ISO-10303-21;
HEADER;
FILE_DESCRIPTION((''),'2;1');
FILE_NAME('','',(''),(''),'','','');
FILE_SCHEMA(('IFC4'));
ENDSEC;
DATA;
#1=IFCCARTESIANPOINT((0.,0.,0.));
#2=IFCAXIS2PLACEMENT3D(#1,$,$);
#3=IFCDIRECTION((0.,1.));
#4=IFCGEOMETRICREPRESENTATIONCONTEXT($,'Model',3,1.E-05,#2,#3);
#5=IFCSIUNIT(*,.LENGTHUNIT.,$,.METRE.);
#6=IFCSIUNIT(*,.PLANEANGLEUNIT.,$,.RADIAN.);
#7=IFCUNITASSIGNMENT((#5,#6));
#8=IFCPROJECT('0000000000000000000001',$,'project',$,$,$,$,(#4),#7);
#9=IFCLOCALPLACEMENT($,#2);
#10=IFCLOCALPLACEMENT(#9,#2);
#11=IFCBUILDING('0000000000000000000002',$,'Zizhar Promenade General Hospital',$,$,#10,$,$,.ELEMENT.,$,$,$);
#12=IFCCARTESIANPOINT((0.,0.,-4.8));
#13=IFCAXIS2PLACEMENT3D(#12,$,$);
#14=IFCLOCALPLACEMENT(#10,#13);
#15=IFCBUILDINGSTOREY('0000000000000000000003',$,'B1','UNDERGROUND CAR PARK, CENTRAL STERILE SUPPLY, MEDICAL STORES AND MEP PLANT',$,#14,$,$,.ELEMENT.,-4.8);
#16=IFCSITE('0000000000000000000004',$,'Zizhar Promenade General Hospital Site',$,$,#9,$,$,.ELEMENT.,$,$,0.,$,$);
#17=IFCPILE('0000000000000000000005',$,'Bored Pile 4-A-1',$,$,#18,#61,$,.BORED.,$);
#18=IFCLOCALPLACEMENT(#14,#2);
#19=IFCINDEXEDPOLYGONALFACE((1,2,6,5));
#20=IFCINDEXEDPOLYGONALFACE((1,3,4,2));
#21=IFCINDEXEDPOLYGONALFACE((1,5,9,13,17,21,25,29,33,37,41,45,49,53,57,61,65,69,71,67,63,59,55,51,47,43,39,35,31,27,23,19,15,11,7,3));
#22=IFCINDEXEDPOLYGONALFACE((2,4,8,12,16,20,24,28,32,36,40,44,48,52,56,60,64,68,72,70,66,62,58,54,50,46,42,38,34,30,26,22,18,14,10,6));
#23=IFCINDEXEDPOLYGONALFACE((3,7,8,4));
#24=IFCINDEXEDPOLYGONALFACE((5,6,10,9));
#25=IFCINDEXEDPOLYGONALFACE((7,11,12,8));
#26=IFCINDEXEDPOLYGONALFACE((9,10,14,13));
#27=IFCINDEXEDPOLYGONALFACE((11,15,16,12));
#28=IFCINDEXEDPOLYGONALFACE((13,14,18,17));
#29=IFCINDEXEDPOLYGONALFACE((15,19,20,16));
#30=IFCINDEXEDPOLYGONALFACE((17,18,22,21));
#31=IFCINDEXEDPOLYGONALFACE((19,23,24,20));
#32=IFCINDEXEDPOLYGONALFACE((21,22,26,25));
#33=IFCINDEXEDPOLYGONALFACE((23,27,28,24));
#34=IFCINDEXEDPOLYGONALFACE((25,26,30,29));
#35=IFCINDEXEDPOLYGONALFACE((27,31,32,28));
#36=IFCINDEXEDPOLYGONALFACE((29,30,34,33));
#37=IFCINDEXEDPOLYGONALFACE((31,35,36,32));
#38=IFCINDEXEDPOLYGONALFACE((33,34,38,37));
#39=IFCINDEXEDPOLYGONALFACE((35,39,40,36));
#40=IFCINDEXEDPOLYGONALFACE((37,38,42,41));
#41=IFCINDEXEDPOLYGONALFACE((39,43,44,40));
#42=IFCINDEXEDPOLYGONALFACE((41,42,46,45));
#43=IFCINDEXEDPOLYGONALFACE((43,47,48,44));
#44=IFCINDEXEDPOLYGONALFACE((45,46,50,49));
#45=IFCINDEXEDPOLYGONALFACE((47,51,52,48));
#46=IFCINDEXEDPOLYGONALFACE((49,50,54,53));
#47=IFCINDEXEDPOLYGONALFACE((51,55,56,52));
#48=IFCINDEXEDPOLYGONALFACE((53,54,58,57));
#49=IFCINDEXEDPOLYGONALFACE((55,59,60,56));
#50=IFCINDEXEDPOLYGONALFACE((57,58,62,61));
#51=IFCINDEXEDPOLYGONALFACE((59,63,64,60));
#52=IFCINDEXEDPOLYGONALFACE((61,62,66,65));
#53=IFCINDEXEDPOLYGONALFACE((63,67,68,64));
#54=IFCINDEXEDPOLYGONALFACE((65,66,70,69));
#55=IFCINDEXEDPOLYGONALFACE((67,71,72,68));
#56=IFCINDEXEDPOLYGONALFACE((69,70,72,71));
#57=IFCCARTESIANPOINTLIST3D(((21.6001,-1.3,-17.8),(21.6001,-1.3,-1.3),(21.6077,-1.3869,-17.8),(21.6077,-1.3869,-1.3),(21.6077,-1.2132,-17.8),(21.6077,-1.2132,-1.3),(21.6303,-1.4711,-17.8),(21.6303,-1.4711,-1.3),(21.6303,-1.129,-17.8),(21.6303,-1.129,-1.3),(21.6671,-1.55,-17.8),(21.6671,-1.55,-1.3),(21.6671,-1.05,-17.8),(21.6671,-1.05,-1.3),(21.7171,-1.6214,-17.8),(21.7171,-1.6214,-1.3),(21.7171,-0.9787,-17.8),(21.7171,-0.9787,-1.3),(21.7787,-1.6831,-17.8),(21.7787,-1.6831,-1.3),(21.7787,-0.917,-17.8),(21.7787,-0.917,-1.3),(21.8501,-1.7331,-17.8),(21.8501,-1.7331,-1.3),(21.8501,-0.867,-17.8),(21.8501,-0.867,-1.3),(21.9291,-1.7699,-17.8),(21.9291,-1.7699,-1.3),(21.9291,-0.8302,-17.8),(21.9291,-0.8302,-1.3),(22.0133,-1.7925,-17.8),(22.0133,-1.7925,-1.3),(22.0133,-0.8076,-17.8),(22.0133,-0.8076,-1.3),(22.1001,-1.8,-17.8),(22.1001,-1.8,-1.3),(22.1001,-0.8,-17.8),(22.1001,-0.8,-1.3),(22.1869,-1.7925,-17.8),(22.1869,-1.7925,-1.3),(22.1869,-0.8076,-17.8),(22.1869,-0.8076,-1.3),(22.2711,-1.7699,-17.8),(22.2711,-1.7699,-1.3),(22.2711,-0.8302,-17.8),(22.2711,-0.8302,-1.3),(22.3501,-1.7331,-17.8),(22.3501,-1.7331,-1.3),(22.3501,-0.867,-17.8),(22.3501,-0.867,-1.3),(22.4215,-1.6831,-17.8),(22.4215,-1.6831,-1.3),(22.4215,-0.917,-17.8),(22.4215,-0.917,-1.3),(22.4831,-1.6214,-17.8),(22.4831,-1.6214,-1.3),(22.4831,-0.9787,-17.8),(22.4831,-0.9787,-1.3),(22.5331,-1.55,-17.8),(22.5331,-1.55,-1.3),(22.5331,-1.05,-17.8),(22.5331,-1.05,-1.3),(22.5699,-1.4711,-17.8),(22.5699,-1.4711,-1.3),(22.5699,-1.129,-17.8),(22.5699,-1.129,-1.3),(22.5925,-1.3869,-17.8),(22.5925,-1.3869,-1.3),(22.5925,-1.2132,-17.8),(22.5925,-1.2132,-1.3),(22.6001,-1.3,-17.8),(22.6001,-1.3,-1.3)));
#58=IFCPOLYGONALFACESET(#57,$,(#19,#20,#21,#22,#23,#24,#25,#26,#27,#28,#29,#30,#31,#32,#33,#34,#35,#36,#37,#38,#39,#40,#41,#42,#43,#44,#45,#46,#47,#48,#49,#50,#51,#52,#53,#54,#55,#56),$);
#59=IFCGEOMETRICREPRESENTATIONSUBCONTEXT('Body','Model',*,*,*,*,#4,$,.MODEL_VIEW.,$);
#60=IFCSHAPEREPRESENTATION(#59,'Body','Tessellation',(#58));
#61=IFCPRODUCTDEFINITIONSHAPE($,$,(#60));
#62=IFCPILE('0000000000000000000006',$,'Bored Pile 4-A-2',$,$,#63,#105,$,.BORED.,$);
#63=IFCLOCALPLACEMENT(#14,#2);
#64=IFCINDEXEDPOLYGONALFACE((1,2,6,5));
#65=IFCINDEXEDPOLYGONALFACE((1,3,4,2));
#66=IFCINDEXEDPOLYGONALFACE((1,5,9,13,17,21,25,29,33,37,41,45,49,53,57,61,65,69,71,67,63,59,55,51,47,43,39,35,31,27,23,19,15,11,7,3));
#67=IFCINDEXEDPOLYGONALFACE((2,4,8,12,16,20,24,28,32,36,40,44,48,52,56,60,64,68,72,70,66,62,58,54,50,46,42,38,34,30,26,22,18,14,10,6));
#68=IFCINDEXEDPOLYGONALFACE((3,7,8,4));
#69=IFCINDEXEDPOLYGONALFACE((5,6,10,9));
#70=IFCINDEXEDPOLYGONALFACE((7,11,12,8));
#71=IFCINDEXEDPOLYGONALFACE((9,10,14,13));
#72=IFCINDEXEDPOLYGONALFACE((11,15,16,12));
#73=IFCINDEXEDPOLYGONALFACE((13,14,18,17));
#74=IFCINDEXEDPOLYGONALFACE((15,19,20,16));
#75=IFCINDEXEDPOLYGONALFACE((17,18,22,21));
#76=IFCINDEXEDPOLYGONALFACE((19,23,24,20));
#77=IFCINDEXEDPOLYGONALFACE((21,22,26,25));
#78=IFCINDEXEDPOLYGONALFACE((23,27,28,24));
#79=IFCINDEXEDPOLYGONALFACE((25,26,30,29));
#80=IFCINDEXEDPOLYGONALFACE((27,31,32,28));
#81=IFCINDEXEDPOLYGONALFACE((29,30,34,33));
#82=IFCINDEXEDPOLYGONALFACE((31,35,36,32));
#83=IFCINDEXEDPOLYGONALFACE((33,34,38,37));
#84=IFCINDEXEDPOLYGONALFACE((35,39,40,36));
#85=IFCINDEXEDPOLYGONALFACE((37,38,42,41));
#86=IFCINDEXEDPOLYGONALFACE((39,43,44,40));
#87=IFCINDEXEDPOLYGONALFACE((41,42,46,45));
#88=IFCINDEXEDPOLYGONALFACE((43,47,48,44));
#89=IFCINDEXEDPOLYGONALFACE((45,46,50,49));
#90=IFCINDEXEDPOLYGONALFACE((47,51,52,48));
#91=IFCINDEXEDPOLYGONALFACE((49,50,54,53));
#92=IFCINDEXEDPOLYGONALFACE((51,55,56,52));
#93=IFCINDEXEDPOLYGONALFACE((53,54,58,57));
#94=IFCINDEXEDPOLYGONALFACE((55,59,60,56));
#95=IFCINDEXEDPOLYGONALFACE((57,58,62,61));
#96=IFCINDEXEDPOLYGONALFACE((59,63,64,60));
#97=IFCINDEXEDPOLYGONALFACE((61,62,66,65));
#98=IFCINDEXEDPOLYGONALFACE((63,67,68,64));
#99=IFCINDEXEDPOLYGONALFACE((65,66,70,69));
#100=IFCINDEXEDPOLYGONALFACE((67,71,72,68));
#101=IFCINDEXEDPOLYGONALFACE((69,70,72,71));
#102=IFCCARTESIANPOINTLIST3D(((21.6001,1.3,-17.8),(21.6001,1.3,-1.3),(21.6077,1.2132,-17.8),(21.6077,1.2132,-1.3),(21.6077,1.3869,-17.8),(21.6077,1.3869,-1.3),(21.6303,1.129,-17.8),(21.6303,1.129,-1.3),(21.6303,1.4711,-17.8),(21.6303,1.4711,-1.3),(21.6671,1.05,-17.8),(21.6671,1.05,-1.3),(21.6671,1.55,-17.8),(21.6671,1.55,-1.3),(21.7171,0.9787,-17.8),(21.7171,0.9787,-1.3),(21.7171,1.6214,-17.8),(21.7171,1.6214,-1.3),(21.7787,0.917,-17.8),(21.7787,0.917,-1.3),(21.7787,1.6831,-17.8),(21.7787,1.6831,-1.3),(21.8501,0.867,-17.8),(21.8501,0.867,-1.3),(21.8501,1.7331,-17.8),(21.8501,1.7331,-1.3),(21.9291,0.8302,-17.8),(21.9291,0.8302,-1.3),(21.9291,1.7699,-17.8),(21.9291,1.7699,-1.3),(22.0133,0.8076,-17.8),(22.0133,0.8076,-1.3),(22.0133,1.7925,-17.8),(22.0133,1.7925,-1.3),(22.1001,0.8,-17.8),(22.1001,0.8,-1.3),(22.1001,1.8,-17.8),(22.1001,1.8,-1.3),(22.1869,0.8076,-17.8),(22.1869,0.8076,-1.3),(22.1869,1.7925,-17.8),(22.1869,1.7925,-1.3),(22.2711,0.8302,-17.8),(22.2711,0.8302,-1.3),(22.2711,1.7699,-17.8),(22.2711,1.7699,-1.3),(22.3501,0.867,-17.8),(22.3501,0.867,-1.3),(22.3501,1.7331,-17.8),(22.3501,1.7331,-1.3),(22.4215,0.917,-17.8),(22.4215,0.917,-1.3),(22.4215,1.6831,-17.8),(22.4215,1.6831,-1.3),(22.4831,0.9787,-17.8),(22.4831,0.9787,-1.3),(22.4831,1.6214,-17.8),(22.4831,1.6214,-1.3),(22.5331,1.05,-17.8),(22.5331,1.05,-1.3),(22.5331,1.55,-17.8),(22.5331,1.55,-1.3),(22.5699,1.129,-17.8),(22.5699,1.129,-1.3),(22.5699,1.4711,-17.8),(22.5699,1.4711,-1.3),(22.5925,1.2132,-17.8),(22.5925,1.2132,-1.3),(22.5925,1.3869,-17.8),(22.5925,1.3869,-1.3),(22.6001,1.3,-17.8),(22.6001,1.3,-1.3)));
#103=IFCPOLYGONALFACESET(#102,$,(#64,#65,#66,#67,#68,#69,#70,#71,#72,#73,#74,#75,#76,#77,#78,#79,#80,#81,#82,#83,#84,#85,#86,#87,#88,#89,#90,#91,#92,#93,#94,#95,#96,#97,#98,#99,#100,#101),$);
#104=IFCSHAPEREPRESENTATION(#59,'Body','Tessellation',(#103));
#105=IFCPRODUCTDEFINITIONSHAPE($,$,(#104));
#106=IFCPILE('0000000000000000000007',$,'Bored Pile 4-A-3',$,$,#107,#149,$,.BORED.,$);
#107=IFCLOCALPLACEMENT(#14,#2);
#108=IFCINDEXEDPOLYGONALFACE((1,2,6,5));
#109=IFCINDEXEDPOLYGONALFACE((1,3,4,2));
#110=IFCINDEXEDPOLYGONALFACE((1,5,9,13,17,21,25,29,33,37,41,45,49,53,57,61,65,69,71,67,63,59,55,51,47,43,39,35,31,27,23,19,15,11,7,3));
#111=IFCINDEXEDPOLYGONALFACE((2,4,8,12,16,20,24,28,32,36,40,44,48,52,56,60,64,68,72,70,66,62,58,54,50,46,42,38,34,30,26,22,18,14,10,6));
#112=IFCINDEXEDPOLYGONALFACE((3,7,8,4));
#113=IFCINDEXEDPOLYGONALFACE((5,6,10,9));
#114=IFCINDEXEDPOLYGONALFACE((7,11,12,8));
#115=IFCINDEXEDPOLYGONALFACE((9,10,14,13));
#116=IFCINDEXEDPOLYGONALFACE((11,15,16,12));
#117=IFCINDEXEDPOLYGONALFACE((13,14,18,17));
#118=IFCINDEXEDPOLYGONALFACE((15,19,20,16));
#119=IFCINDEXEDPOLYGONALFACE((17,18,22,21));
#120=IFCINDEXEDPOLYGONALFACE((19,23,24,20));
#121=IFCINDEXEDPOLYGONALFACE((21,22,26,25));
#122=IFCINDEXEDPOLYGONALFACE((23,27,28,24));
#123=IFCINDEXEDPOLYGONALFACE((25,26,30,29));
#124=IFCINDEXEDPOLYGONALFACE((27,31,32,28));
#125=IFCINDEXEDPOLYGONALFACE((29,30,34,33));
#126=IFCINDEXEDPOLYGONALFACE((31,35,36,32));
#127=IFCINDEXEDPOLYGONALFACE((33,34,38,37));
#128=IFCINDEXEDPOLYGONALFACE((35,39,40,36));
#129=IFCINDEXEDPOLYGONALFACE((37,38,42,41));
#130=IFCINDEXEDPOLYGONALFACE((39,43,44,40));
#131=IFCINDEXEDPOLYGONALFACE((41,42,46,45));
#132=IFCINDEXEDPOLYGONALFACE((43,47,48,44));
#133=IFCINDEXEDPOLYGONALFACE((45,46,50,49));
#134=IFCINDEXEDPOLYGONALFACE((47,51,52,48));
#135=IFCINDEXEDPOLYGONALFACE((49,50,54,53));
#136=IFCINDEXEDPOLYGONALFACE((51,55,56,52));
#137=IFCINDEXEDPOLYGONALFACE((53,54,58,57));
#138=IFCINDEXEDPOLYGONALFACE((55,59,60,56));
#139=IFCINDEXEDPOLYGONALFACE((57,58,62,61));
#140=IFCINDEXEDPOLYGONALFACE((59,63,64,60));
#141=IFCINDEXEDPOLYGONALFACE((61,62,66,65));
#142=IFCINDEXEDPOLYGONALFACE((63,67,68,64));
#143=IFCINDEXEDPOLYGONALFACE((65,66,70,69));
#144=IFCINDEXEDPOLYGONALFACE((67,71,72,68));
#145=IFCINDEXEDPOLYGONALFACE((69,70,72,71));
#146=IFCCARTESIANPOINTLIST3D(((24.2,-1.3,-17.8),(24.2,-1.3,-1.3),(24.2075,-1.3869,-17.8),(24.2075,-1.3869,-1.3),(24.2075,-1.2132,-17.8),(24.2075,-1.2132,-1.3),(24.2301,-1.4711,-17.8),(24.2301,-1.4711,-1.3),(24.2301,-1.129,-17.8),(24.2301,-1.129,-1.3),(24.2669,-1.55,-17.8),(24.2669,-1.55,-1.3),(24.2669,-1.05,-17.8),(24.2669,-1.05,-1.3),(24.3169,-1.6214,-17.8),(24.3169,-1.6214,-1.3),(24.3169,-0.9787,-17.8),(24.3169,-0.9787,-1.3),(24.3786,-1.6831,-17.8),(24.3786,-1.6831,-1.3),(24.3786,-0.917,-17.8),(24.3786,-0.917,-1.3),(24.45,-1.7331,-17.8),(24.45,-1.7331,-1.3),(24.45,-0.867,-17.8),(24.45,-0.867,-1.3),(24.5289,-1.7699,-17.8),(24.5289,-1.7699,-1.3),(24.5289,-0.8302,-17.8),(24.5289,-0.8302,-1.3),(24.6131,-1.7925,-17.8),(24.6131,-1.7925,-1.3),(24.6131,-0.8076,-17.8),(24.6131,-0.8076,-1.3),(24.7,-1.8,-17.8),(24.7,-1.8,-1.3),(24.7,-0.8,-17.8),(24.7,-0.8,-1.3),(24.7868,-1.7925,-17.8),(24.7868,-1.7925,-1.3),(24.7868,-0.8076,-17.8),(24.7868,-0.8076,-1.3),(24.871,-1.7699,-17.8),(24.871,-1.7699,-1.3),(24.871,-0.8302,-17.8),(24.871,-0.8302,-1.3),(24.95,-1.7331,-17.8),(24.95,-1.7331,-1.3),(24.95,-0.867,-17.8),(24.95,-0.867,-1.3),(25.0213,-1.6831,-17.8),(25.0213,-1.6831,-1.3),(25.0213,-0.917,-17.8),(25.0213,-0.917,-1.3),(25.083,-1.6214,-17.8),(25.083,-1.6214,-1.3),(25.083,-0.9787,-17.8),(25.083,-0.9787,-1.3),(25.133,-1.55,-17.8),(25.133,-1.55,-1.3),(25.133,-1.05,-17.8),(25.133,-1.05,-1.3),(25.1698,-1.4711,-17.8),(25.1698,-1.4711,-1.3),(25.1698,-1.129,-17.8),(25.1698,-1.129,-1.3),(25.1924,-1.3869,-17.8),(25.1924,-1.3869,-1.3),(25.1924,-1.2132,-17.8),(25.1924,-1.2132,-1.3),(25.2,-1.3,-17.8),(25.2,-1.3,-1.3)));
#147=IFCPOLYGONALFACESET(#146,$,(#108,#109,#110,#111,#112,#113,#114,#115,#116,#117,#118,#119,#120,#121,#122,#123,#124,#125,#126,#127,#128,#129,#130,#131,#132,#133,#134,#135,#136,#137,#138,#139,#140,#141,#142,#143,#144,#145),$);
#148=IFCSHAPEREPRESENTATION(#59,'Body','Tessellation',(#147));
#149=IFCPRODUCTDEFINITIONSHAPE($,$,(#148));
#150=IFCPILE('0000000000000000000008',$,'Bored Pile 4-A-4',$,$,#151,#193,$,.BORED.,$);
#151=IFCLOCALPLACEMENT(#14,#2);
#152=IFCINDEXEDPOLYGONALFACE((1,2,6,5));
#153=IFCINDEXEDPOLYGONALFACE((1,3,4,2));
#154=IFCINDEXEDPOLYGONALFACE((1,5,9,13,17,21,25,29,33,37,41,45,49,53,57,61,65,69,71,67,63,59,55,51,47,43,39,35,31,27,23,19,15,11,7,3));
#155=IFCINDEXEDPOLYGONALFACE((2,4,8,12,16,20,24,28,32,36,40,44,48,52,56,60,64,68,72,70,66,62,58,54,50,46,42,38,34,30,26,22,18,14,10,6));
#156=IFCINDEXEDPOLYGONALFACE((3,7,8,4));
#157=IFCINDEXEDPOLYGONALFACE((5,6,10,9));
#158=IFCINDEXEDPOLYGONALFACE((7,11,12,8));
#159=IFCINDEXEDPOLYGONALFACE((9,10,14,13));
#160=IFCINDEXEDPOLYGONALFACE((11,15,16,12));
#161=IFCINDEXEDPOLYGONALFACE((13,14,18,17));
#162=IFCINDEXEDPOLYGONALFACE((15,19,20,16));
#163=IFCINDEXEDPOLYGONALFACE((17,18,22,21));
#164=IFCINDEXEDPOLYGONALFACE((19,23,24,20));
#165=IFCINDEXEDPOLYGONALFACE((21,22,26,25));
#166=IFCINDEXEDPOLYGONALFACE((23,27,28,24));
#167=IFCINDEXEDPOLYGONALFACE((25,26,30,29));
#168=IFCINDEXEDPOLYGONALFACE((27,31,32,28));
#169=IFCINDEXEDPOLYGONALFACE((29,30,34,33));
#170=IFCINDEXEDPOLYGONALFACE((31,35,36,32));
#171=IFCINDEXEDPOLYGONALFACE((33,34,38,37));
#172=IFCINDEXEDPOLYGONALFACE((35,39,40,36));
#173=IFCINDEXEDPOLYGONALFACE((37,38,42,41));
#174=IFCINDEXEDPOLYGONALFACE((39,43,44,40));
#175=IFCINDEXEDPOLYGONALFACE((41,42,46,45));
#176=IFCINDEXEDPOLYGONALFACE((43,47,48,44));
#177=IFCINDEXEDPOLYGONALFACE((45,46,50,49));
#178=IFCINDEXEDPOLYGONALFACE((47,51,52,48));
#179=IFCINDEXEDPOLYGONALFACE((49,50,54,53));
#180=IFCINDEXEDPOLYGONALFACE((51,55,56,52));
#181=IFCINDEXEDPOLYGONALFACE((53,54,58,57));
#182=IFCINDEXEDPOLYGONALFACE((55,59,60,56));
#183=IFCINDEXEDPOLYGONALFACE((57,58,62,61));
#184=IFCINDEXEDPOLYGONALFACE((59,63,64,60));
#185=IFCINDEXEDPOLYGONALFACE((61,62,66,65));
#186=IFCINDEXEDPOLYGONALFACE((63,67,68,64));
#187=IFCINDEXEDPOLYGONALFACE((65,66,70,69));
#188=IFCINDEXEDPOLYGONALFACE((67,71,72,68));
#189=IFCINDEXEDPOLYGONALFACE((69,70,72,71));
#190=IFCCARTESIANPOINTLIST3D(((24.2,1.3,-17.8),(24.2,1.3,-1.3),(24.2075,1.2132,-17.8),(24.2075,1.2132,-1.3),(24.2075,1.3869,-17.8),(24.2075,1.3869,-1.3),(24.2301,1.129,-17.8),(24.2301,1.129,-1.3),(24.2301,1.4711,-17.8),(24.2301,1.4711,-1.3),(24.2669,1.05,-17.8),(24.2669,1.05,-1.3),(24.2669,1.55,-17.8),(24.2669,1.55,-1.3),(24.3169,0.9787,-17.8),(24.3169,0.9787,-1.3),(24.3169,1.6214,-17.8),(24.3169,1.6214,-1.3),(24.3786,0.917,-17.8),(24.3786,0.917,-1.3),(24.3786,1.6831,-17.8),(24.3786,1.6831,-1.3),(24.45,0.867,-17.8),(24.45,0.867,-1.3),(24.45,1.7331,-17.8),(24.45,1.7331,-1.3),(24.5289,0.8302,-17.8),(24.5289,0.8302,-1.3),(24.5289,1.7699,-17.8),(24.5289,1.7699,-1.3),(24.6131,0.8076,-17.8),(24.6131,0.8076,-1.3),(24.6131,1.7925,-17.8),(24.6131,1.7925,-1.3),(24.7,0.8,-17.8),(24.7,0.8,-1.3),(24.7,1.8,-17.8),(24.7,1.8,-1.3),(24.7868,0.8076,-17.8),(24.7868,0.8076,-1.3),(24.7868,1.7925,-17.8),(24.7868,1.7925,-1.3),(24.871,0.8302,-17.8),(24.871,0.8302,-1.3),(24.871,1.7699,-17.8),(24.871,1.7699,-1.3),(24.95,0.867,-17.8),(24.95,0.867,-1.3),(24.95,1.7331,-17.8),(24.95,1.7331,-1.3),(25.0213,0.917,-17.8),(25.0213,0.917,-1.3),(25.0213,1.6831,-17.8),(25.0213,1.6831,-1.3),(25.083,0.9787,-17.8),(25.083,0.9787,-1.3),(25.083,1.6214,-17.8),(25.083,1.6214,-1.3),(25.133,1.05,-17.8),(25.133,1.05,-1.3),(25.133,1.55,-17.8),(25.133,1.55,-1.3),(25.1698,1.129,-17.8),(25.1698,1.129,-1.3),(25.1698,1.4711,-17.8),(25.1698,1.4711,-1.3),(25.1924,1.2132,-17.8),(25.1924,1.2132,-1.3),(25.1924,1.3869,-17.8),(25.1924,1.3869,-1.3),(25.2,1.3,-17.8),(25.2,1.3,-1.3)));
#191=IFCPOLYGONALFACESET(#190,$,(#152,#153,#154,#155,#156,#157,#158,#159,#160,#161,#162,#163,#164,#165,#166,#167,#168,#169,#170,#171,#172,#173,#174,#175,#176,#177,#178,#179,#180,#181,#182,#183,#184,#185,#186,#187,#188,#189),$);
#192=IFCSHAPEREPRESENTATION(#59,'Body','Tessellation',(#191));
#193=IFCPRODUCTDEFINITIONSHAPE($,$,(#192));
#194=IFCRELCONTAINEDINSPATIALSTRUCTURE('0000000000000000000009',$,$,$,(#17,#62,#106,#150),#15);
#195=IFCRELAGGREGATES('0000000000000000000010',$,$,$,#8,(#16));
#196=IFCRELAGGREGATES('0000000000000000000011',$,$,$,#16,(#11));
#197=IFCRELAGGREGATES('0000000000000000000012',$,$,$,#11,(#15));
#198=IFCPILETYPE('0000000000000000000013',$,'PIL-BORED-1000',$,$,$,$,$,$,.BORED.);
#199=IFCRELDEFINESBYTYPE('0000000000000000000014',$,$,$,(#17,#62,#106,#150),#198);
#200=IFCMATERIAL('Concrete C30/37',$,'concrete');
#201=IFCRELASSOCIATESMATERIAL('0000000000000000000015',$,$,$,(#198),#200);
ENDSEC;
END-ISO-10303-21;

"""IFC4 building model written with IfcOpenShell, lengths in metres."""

from ifc_helpers import new_model, si_unit, direction, frame, origin, origin_2d, place, context, subcontext, project, spatial, circle, extrude, material, material_profile, profile_set, type_object, element, save


model = new_model("IFC4")

# Units and contexts
model_context = context("Model", 3, precision=1e-05, world=origin(), true_north=direction((0.0, 1.0)))
body_context = subcontext(model_context, "Body", "Model", "MODEL_VIEW")
ifc_project = project(units=[si_unit("LENGTHUNIT", "METRE"), si_unit("PLANEANGLEUNIT", "RADIAN")], contexts=[model_context])

# Site, building, storey
site_placement = place(None, origin())
site = spatial("IfcSite", under=ifc_project, at=site_placement, Name="Zizhar Promenade General Hospital Site", CompositionType="ELEMENT", RefElevation=0.0)
building_placement = place(site_placement, origin())
building = spatial("IfcBuilding", under=site, at=building_placement, Name="Zizhar Promenade General Hospital", CompositionType="ELEMENT")
storey_placement = place(building_placement, frame((0.0, 0.0, -4.8)))
storey = spatial("IfcBuildingStorey", under=building, at=storey_placement, Name="B1", Description="UNDERGROUND CAR PARK, CENTRAL STERILE SUPPLY, MEDICAL STORES AND MEP PLANT", CompositionType="ELEMENT", Elevation=-4.8)

# Piles
ifc_material_1 = material(Name="Concrete C30/37", Category="concrete")
ifc_material_profile_1 = material_profile(ifc_material_1, circle(Radius=0.5, at=origin_2d()))
ifc_profile_set_1 = profile_set([ifc_material_profile_1], Name="Concrete C30/37")
pile_type = type_object("IfcPileType", Name="PIL-BORED-1000", PredefinedType="BORED", material=ifc_profile_set_1)
for number, where, z_axis, x_axis, name in (
    (1, (22.1001, -1.3, -1.3), (0.0, 0.0, -1.0), (1.0, 0.0, 0.0), "Bored Pile 4-A-1"),
    (2, (22.1001, 1.3, -1.3), (0.0, 0.0, -1.0), (1.0, 0.0, 0.0), "Bored Pile 4-A-2"),
    (3, (24.7, -1.3, -1.3), (0.0, 0.0, -1.0), (1.0, 0.0, 0.0), "Bored Pile 4-A-3"),
    (4, (24.7, 1.3, -1.3), (0.0, 0.0, -1.0), (1.0, 0.0, 0.0), "Bored Pile 4-A-4"),
):
    element("IfcPile", number, at=place(storey_placement, frame(where, z_axis=z_axis, x_axis=x_axis)), inside=storey, type_object=pile_type, Name=name, PredefinedType="BORED", context=body_context, shape_type="SweptSolid", body=[
        extrude(circle(Radius=0.5, at=origin_2d()), origin(), (0.0, 0.0, 1.0), 16.5),
    ])

save(model, "model.ifc")
